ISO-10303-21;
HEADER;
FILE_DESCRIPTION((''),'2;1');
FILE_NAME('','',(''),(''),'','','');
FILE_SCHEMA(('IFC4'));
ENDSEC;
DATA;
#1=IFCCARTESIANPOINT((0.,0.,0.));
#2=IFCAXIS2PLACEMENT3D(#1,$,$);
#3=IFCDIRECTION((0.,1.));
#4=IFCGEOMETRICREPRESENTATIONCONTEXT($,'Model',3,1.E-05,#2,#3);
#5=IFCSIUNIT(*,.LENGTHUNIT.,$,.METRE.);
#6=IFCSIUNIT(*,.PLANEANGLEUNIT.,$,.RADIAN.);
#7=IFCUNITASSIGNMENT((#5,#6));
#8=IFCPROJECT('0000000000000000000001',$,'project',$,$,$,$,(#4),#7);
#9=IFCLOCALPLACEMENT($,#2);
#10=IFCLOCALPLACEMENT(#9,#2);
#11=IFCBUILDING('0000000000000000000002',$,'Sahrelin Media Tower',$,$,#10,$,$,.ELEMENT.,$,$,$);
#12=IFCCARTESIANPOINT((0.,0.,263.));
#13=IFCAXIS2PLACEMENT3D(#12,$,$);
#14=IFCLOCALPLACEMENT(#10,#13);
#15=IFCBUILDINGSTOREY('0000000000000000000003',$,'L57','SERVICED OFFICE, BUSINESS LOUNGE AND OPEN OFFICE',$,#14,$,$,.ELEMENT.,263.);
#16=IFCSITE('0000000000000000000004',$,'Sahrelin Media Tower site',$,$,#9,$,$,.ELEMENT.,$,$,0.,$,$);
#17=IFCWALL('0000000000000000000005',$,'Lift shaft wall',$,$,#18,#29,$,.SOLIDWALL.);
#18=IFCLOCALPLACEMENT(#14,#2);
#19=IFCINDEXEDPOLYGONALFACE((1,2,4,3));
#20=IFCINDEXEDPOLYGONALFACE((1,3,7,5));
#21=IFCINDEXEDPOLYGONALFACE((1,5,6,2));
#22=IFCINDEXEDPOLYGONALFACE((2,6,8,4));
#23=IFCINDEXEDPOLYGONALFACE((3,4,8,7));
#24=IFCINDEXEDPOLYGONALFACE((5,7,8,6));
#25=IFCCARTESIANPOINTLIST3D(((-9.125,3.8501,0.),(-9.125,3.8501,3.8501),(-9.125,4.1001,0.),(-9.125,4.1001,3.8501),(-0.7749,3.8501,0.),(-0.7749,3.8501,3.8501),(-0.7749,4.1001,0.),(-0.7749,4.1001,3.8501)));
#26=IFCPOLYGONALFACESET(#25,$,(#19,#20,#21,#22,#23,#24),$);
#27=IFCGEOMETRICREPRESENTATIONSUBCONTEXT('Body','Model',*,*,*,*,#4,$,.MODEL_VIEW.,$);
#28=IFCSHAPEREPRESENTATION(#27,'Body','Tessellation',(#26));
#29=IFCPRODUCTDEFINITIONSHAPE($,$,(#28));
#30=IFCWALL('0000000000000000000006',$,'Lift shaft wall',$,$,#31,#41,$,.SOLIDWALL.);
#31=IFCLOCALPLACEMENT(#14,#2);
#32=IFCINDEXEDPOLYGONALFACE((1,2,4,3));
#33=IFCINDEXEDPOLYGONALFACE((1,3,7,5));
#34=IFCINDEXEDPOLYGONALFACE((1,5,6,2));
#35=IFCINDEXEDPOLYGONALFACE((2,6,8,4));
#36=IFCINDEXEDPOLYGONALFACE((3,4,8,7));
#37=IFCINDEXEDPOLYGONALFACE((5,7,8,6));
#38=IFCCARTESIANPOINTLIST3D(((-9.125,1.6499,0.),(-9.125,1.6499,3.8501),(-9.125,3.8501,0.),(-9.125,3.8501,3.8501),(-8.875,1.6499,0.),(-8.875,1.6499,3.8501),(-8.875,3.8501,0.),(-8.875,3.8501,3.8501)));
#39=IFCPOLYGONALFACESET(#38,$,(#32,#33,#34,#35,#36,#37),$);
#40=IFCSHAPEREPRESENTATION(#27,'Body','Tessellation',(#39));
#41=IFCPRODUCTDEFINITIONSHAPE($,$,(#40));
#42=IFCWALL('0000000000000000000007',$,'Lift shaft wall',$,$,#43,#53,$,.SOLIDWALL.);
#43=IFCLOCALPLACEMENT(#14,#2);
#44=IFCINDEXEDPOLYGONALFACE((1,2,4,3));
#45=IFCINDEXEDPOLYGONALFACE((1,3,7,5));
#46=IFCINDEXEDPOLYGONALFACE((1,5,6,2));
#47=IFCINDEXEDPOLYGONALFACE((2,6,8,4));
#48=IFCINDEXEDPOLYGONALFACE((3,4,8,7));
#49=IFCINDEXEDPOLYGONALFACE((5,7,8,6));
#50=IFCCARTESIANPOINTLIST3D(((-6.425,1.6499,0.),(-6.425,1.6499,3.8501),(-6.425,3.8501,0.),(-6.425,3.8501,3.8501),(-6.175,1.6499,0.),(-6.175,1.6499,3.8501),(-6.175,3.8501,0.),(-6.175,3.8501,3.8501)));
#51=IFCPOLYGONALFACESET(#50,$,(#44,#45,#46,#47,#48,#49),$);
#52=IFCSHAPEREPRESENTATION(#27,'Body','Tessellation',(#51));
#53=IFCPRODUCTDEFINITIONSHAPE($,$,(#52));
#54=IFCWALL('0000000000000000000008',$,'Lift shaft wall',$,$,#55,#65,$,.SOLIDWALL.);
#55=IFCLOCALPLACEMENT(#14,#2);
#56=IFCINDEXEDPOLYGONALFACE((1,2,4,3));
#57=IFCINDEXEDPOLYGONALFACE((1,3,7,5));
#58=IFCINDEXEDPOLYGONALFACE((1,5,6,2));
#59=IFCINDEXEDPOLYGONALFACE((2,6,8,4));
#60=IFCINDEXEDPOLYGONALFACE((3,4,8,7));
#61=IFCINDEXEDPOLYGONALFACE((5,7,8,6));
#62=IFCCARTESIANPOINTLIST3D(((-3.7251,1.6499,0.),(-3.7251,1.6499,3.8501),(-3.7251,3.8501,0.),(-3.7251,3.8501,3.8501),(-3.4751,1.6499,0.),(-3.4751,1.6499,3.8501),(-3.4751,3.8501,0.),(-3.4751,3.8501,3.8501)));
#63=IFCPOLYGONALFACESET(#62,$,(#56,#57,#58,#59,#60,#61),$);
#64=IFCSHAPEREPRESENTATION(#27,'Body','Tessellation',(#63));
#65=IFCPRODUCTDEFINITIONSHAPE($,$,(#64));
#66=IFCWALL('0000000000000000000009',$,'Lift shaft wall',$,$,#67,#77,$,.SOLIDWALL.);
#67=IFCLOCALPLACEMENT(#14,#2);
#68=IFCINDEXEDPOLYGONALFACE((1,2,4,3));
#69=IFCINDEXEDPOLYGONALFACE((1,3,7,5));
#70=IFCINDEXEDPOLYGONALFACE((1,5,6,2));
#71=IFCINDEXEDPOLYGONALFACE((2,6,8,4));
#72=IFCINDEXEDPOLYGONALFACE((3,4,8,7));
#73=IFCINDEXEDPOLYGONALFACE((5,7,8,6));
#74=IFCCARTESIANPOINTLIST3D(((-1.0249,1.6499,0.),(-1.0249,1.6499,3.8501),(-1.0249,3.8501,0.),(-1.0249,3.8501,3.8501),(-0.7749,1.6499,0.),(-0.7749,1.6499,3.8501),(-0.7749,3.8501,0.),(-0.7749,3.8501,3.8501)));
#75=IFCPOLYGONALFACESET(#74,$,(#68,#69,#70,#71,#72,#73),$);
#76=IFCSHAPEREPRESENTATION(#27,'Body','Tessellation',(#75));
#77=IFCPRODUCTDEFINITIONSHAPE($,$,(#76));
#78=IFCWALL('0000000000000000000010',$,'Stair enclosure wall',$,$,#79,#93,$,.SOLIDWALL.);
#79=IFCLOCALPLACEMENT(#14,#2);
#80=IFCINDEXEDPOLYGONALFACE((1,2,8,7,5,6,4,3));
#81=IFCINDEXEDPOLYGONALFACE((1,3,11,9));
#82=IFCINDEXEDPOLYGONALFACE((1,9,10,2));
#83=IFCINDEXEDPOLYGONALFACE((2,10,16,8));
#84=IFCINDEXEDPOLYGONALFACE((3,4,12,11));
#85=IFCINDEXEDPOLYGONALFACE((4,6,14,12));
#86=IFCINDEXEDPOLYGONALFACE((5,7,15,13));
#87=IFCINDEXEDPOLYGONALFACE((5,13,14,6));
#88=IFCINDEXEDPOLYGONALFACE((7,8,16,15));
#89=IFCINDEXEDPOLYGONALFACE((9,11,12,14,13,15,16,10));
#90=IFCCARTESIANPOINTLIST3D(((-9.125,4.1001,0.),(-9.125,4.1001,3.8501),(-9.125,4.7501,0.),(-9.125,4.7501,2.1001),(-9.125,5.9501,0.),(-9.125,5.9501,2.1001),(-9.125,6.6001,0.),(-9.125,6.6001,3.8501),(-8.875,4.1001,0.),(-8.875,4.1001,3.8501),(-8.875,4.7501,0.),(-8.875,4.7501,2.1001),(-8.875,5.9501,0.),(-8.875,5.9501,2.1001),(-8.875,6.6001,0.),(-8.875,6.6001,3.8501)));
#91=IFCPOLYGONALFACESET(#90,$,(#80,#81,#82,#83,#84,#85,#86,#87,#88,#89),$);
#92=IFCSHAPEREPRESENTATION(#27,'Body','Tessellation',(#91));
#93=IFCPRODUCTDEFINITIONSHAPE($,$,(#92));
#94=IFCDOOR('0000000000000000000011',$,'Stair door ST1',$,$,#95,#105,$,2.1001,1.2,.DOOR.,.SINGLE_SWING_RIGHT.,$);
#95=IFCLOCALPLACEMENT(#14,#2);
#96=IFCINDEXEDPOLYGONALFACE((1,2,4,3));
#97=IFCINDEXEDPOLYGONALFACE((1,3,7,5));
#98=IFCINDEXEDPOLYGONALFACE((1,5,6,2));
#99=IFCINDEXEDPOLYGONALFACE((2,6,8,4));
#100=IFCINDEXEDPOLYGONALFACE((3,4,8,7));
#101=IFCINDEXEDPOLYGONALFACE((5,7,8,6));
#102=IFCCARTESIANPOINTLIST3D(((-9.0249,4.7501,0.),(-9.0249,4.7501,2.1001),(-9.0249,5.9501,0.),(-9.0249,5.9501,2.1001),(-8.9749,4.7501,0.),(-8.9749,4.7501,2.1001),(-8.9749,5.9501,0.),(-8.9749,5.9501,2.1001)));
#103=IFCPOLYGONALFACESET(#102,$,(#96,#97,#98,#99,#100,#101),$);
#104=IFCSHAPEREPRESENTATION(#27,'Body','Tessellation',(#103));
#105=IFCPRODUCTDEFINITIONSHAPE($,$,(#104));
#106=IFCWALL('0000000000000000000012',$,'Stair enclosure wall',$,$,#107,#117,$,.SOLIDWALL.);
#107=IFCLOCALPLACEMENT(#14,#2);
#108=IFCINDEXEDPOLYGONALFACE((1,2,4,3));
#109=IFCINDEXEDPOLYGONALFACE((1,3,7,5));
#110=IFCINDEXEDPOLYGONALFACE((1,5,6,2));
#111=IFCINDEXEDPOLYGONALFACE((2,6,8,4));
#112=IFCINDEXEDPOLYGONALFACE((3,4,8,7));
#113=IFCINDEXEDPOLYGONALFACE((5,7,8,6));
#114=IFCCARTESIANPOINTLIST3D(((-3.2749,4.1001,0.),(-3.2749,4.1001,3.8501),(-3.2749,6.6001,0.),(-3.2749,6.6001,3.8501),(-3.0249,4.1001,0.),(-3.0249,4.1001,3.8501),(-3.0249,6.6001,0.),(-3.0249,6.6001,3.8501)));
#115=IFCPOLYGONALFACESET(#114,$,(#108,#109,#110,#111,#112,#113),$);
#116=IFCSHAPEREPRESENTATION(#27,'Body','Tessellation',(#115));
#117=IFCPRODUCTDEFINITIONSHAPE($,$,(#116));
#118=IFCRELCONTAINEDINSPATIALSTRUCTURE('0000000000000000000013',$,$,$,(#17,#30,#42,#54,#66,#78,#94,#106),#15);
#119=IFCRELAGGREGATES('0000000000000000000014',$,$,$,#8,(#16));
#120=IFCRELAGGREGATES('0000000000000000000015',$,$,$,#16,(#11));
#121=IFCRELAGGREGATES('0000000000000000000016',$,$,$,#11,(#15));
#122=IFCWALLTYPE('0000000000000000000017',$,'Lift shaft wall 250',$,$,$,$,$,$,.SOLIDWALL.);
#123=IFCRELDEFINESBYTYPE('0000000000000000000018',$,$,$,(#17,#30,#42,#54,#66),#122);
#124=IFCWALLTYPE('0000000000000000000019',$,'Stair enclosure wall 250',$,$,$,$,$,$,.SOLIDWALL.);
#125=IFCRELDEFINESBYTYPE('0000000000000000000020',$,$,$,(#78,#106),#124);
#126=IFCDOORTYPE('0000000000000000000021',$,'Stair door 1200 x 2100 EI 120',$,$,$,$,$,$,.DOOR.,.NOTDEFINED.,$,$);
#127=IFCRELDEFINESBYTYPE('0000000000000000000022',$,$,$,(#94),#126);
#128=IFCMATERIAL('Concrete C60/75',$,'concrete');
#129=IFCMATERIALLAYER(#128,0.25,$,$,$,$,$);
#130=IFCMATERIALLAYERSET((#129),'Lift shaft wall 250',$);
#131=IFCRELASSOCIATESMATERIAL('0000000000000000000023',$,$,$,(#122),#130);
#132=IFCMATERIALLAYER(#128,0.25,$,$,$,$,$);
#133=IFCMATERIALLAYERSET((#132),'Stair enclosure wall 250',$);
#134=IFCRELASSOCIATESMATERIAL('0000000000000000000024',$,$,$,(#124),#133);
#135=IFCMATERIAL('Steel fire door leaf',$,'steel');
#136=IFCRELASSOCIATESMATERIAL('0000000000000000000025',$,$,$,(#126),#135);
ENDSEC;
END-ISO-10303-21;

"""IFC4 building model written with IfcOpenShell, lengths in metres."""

from ifc_helpers import new_model, si_unit, direction, frame, frame_2d, origin, place, context, subcontext, project, spatial, rectangle, extrude, material, layer, layer_set, type_object, element, fill, save


model = new_model("IFC4")

# Units and contexts
model_context = context("Model", 3, precision=1e-05, world=origin(), true_north=direction((0.0, 1.0)))
body_context = subcontext(model_context, "Body", "Model", "MODEL_VIEW")
ifc_project = project(units=[si_unit("LENGTHUNIT", "METRE"), si_unit("PLANEANGLEUNIT", "RADIAN")], contexts=[model_context])

# Site, building, storey
site_placement = place(None, origin())
site = spatial("IfcSite", under=ifc_project, at=site_placement, Name="Sahrelin Media Tower site", CompositionType="ELEMENT", RefElevation=0.0)
building_placement = place(site_placement, origin())
building = spatial("IfcBuilding", under=site, at=building_placement, Name="Sahrelin Media Tower", CompositionType="ELEMENT")
storey_placement = place(building_placement, frame((0.0, 0.0, 263.0)))
storey = spatial("IfcBuildingStorey", under=building, at=storey_placement, Name="L57", Description="SERVICED OFFICE, BUSINESS LOUNGE AND OPEN OFFICE", CompositionType="ELEMENT", Elevation=263.0)

# Shared definitions
ifc_material_1 = material(Name="Concrete C60/75", Category="concrete")

# Shared definitions
ifc_material_2 = material(Name="Steel fire door leaf", Category="steel")

# Shared definitions
ifc_layer_1 = layer(ifc_material_1, 0.25)
ifc_layer_set_1 = layer_set([ifc_layer_1], Name="Lift shaft wall 250")
wall_type_1 = type_object("IfcWallType", Name="Lift shaft wall 250", PredefinedType="SOLIDWALL", material=ifc_layer_set_1)

# Walls
wall_1_placement = place(storey_placement, frame((-9.125, 3.9751, 0.0), z_axis=(0.0, 0.0, 1.0), x_axis=(1.0, 0.0, 0.0)))
element("IfcWall", 1, at=wall_1_placement, inside=storey, type_object=wall_type_1, Name="Lift shaft wall", PredefinedType="SOLIDWALL", context=body_context, shape_type="SweptSolid", body=[
    extrude(rectangle(XDim=8.3501, YDim=0.25, at=frame_2d((4.175, 0.0))), origin(), (0.0, 0.0, 1.0), 3.8501),
])
for number, where, z_axis, x_axis, name in (
    (2, (-9.0, 1.6499, 0.0), (0.0, 0.0, 1.0), (0.0, 1.0, 0.0), "Lift shaft wall"),
    (3, (-6.3, 1.6499, 0.0), (0.0, 0.0, 1.0), (0.0, 1.0, 0.0), "Lift shaft wall"),
    (4, (-3.6001, 1.6499, 0.0), (0.0, 0.0, 1.0), (0.0, 1.0, 0.0), "Lift shaft wall"),
    (5, (-0.8999, 1.6499, 0.0), (0.0, 0.0, 1.0), (0.0, 1.0, 0.0), "Lift shaft wall"),
):
    element("IfcWall", number, at=place(storey_placement, frame(where, z_axis=z_axis, x_axis=x_axis)), inside=storey, type_object=wall_type_1, Name=name, PredefinedType="SOLIDWALL", context=body_context, shape_type="SweptSolid", body=[
        extrude(rectangle(XDim=2.2002, YDim=0.25, at=frame_2d((1.1001, 0.0))), origin(), (0.0, 0.0, 1.0), 3.8501),
    ])

# Wall, opening, door
ifc_layer_2 = layer(ifc_material_1, 0.25)
ifc_layer_set_2 = layer_set([ifc_layer_2], Name="Stair enclosure wall 250")
wall_type_2 = type_object("IfcWallType", Name="Stair enclosure wall 250", PredefinedType="SOLIDWALL", material=ifc_layer_set_2)
wall_2_placement = place(storey_placement, frame((-9.0, 4.1001, 0.0), z_axis=(0.0, 0.0, 1.0), x_axis=(0.0, 1.0, 0.0)))
wall_2 = element("IfcWall", 6, at=wall_2_placement, inside=storey, type_object=wall_type_2, Name="Stair enclosure wall", PredefinedType="SOLIDWALL", context=body_context, shape_type="SweptSolid", body=[
    extrude(rectangle(XDim=2.5, YDim=0.25, at=frame_2d((1.25, 0.0))), origin(), (0.0, 0.0, 1.0), 3.8501),
])
opening_1_placement = place(wall_2_placement, frame((0.6499, 0.0, 0.0)))
opening_1 = element("IfcOpeningElement", 7, at=opening_1_placement, cuts=wall_2, PredefinedType="OPENING", context=body_context, shape_type="SweptSolid", body=[
    extrude(rectangle(XDim=1.2, YDim=2.1001, at=frame_2d((0.6001, 1.05))), frame((0.0, 0.125, 0.0), z_axis=(0.0, -1.0, 0.0), x_axis=(1.0, 0.0, 0.0)), (0.0, 0.0, 1.0), 0.25),
])
door_type_1 = type_object("IfcDoorType", Name="Stair door 1200 x 2100 EI 120", OperationType="NOTDEFINED", PredefinedType="DOOR", material=ifc_material_2)
door_1_placement = place(opening_1_placement, origin())
door_1 = element("IfcDoor", 8, at=door_1_placement, inside=storey, type_object=door_type_1, Name="Stair door ST1", OperationType="SINGLE_SWING_RIGHT", OverallHeight=2.1001, OverallWidth=1.2, PredefinedType="DOOR", context=body_context, shape_type="SweptSolid", body=[
    extrude(rectangle(XDim=1.2, YDim=2.1001, at=frame_2d((0.6001, 1.05))), frame((0.0, 0.0249, 0.0), z_axis=(0.0, -1.0, 0.0), x_axis=(1.0, 0.0, 0.0)), (0.0, 0.0, 1.0), 0.05),
])
fill(opening_1, door_1)

# Wall
wall_3_placement = place(storey_placement, frame((-3.1499, 4.1001, 0.0), z_axis=(0.0, 0.0, 1.0), x_axis=(0.0, 1.0, 0.0)))
element("IfcWall", 9, at=wall_3_placement, inside=storey, type_object=wall_type_2, Name="Stair enclosure wall", PredefinedType="SOLIDWALL", context=body_context, shape_type="SweptSolid", body=[
    extrude(rectangle(XDim=2.5, YDim=0.25, at=frame_2d((1.25, 0.0))), origin(), (0.0, 0.0, 1.0), 3.8501),
])

save(model, "model.ifc")
